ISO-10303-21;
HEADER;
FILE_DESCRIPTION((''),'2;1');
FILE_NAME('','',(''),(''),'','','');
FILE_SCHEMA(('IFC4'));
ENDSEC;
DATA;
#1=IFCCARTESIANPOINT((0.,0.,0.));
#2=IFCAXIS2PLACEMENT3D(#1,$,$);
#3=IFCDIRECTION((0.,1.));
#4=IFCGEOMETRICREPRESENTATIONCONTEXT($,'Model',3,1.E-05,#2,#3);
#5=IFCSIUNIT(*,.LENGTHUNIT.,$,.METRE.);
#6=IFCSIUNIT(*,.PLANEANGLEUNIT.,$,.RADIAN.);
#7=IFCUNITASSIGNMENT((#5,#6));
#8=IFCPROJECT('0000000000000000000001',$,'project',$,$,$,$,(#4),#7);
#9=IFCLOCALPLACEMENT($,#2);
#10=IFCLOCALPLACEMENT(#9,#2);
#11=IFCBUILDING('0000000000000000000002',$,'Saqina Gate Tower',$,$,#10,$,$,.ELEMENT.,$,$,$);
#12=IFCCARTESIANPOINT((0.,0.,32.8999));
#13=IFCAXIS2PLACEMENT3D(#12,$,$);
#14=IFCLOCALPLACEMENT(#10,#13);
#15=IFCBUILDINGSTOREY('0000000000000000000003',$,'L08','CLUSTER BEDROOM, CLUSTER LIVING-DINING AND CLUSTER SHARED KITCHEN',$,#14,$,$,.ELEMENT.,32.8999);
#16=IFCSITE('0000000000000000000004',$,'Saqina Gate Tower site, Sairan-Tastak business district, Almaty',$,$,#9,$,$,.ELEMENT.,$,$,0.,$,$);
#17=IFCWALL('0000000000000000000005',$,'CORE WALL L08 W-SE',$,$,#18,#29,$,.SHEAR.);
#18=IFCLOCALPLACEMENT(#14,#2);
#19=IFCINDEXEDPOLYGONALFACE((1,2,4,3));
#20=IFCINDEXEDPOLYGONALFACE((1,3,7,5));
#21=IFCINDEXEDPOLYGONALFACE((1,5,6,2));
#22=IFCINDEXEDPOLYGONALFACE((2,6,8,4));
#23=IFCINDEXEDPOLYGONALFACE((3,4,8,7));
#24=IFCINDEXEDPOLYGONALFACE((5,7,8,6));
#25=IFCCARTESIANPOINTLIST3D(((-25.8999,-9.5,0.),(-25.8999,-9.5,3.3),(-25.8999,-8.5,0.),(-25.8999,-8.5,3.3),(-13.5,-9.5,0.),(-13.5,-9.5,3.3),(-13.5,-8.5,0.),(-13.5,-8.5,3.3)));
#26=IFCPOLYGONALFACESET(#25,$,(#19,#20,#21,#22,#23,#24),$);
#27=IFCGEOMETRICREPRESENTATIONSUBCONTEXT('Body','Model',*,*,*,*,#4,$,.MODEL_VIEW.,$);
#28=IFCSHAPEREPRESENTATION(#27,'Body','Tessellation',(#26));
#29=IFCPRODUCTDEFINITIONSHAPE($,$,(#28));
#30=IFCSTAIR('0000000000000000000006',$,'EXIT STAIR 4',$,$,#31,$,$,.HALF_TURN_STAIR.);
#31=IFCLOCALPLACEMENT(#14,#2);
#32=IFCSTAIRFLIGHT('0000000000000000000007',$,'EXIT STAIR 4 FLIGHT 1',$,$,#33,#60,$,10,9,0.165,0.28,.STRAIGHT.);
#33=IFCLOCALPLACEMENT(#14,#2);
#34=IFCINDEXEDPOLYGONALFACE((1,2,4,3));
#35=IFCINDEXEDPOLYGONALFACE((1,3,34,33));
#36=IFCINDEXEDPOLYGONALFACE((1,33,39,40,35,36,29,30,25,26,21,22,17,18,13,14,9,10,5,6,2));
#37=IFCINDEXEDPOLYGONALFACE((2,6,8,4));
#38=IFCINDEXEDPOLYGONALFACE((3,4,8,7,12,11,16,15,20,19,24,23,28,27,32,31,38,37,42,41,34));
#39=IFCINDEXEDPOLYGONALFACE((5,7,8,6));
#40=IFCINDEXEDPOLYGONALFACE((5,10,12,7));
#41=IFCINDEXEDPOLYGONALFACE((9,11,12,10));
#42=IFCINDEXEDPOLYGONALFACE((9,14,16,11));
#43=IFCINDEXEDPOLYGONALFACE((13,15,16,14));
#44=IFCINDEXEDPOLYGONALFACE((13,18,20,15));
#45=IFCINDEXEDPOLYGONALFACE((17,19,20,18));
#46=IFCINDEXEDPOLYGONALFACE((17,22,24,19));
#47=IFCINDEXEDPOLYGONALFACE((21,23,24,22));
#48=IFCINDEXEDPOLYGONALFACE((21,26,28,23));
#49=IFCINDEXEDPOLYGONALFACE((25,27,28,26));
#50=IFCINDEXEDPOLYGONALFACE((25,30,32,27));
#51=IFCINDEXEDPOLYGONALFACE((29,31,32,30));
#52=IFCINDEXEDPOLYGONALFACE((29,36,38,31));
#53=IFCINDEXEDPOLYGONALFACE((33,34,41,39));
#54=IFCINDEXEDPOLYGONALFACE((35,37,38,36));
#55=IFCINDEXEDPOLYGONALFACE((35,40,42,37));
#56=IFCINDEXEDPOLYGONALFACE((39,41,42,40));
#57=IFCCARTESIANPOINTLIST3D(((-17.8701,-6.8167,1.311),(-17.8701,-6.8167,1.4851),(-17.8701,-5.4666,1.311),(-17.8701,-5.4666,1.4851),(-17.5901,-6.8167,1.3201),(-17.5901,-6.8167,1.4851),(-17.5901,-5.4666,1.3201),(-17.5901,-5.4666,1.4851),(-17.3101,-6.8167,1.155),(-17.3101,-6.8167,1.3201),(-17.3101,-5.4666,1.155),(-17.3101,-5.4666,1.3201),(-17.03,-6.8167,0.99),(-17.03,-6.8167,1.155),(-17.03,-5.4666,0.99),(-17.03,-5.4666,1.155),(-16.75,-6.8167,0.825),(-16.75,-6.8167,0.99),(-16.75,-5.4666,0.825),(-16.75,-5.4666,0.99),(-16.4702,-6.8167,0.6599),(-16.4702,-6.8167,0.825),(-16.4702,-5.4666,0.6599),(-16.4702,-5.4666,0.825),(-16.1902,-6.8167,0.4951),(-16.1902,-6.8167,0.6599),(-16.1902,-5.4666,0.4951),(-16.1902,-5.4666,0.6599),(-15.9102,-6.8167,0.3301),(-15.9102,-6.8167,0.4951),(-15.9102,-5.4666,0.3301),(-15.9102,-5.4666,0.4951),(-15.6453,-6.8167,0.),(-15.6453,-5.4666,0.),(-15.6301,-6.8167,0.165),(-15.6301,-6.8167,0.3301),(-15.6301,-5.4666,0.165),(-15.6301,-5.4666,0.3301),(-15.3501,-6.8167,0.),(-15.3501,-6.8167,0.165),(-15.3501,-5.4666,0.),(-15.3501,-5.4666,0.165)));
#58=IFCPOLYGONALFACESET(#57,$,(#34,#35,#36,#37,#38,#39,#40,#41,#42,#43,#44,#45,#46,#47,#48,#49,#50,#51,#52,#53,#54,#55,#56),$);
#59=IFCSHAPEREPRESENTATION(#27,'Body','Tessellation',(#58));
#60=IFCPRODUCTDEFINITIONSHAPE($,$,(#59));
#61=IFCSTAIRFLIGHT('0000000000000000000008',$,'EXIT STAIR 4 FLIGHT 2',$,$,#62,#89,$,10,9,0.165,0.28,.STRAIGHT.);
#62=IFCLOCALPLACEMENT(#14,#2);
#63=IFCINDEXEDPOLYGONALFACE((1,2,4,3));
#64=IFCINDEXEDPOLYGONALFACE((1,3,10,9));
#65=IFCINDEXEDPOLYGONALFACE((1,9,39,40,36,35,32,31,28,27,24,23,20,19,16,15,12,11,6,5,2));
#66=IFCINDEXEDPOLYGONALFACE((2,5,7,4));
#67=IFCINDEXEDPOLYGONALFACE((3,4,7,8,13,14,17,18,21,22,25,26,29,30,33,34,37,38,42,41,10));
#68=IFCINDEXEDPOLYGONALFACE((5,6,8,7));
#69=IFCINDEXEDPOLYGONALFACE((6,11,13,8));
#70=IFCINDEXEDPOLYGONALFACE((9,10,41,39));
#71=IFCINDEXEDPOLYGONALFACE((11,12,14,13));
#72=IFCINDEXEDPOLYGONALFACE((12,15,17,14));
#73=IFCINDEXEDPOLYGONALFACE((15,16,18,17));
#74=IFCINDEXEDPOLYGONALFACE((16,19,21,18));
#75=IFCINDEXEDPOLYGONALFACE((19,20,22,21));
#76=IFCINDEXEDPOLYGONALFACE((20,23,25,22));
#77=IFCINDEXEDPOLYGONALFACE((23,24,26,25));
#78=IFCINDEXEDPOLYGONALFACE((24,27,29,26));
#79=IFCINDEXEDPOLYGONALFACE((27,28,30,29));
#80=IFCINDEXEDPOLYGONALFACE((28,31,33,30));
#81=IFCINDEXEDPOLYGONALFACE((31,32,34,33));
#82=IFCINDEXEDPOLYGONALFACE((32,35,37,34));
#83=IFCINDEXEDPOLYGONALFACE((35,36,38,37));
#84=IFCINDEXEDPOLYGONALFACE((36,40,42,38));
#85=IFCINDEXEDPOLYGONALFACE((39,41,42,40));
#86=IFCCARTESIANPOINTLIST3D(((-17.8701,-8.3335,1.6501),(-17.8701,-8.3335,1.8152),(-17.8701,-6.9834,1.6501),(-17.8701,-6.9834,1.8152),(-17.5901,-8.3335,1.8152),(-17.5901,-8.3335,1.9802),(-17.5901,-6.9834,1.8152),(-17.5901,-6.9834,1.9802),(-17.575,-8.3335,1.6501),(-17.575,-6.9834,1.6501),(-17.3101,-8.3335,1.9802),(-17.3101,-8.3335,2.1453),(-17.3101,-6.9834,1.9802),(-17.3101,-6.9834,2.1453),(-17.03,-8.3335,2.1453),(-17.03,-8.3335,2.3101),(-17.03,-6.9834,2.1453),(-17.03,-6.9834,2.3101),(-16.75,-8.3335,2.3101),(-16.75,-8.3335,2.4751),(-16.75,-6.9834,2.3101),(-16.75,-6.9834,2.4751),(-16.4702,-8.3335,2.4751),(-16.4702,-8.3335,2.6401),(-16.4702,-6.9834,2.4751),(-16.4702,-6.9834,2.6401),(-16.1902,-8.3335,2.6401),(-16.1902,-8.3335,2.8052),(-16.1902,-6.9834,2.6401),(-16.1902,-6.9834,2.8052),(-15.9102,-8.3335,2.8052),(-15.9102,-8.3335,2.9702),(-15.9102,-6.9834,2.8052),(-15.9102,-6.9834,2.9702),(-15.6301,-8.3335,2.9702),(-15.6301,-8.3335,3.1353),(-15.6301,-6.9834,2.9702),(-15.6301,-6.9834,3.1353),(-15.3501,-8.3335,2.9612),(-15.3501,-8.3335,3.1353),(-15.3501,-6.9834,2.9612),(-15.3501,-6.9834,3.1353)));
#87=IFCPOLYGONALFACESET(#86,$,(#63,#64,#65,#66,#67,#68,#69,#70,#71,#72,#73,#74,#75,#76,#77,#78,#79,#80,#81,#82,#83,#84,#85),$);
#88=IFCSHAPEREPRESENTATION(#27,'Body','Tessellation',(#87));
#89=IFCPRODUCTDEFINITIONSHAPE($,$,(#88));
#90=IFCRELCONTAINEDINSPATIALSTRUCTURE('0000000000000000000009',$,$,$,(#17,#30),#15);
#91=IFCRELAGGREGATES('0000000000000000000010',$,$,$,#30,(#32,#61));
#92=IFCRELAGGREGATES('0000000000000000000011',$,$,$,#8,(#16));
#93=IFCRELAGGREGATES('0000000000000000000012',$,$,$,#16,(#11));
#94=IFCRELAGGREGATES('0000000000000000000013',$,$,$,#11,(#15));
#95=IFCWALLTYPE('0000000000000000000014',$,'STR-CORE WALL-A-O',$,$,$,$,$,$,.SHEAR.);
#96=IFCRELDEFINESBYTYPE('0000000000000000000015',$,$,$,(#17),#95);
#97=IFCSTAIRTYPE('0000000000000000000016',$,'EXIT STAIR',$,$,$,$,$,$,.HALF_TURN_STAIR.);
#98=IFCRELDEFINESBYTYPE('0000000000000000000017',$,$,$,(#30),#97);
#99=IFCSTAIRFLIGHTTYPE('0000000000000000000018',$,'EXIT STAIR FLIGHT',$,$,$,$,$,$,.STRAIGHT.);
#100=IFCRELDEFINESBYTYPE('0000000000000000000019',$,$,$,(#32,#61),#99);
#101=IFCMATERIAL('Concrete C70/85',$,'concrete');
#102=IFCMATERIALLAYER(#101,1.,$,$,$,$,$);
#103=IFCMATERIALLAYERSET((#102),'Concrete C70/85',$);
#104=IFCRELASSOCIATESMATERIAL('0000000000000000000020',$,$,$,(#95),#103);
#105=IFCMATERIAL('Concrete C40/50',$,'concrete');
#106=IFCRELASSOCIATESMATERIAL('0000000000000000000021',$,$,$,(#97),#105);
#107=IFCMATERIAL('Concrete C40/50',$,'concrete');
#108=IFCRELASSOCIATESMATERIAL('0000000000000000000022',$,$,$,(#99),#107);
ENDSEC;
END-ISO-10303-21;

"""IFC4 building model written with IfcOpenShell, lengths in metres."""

from ifc_helpers import new_model, si_unit, direction, frame, frame_2d, origin, place, context, subcontext, project, spatial, polyline, rectangle, outline, extrude, material, layer, layer_set, type_object, element, aggregate, save


model = new_model("IFC4")

# Units and contexts
model_context = context("Model", 3, precision=1e-05, world=origin(), true_north=direction((0.0, 1.0)))
body_context = subcontext(model_context, "Body", "Model", "MODEL_VIEW")
ifc_project = project(units=[si_unit("LENGTHUNIT", "METRE"), si_unit("PLANEANGLEUNIT", "RADIAN")], contexts=[model_context])

# Site, building, storey
site_placement = place(None, origin())
site = spatial("IfcSite", under=ifc_project, at=site_placement, Name="Saqina Gate Tower site, Sairan-Tastak business district, Almaty", CompositionType="ELEMENT", RefElevation=0.0)
building_placement = place(site_placement, origin())
building = spatial("IfcBuilding", under=site, at=building_placement, Name="Saqina Gate Tower", CompositionType="ELEMENT")
storey_placement = place(building_placement, frame((0.0, 0.0, 32.8999)))
storey = spatial("IfcBuildingStorey", under=building, at=storey_placement, Name="L08", Description="CLUSTER BEDROOM, CLUSTER LIVING-DINING AND CLUSTER SHARED KITCHEN", CompositionType="ELEMENT", Elevation=32.8999)

# Shared definitions
ifc_material_1 = material(Name="Concrete C70/85", Category="concrete")
ifc_layer_1 = layer(ifc_material_1, 1.0)
ifc_layer_set_1 = layer_set([ifc_layer_1], Name="Concrete C70/85")
wall_type_1 = type_object("IfcWallType", Name="STR-CORE WALL-A-O", PredefinedType="SHEAR", material=ifc_layer_set_1)

# Wall
wall_1_placement = place(storey_placement, frame((-13.5, -9.0, 0.0), z_axis=(0.0, 0.0, 1.0), x_axis=(-1.0, 0.0, 0.0)))
element("IfcWall", 1, at=wall_1_placement, inside=storey, type_object=wall_type_1, Name="CORE WALL L08 W-SE", PredefinedType="SHEAR", context=body_context, shape_type="SweptSolid", body=[
    extrude(rectangle(XDim=12.3999, YDim=1.0, at=frame_2d((6.2, 0.0))), origin(), (0.0, 0.0, 1.0), 3.3),
])

# Stair, stair flights
ifc_material_2 = material(Name="Concrete C40/50", Category="concrete")
stair_type = type_object("IfcStairType", Name="EXIT STAIR", PredefinedType="HALF_TURN_STAIR", material=ifc_material_2)
stair_placement = place(storey_placement, origin())
stair = element("IfcStair", 2, at=stair_placement, inside=storey, type_object=stair_type, Name="EXIT STAIR 4", PredefinedType="HALF_TURN_STAIR")
ifc_material_3 = material(Name="Concrete C40/50", Category="concrete")
stair_flight_type = type_object("IfcStairFlightType", Name="EXIT STAIR FLIGHT", PredefinedType="STRAIGHT", material=ifc_material_3)
stair_flight_1_placement = place(storey_placement, frame((-15.3501, -6.1416, 0.0), z_axis=(0.0, 0.0, 1.0), x_axis=(-1.0, 0.0, 0.0)))
stair_flight_1 = element("IfcStairFlight", 3, at=stair_flight_1_placement, type_object=stair_flight_type, Name="EXIT STAIR 4 FLIGHT 1", NumberOfRisers=10, NumberOfTreads=9, PredefinedType="STRAIGHT", RiserHeight=0.165, TreadLength=0.28, context=body_context, shape_type="SweptSolid", body=[
    extrude(outline(polyline([(0.0, 0.0), (0.0, 0.165), (0.28, 0.165), (0.28, 0.3301), (0.5601, 0.3301), (0.5601, 0.4951), (0.8401, 0.4951), (0.8401, 0.6599), (1.1201, 0.6599), (1.1201, 0.825), (1.3999, 0.825), (1.3999, 0.99), (1.6799, 0.99), (1.6799, 1.155), (1.96, 1.155), (1.96, 1.3201), (2.24, 1.3201), (2.24, 1.4851), (2.52, 1.4851), (2.52, 1.6499), (2.52, 1.311), (0.2952, 0.0), (0.0, 0.0)])), frame((0.0, 0.675, 0.0), z_axis=(0.0, -1.0, 0.0), x_axis=(1.0, 0.0, 0.0)), (0.0, 0.0, 1.0), 1.3501),
])
stair_flight_2_placement = place(storey_placement, frame((-17.8701, -7.6584, 1.6501), z_axis=(0.0, 0.0, 1.0), x_axis=(1.0, 0.0, 0.0)))
stair_flight_2 = element("IfcStairFlight", 4, at=stair_flight_2_placement, type_object=stair_flight_type, Name="EXIT STAIR 4 FLIGHT 2", NumberOfRisers=10, NumberOfTreads=9, PredefinedType="STRAIGHT", RiserHeight=0.165, TreadLength=0.28, context=body_context, shape_type="SweptSolid", body=[
    extrude(outline(polyline([(0.0, 0.0), (0.0, 0.165), (0.28, 0.165), (0.28, 0.3301), (0.5601, 0.3301), (0.5601, 0.4951), (0.8401, 0.4951), (0.8401, 0.6599), (1.1201, 0.6599), (1.1201, 0.825), (1.3999, 0.825), (1.3999, 0.99), (1.6799, 0.99), (1.6799, 1.155), (1.96, 1.155), (1.96, 1.3201), (2.24, 1.3201), (2.24, 1.4851), (2.52, 1.4851), (2.52, 1.6499), (2.52, 1.311), (0.2952, 0.0), (0.0, 0.0)])), frame((0.0, 0.675, 0.0), z_axis=(0.0, -1.0, 0.0), x_axis=(1.0, 0.0, 0.0)), (0.0, 0.0, 1.0), 1.3501),
])
aggregate(stair, [stair_flight_1, stair_flight_2])

save(model, "model.ifc")
